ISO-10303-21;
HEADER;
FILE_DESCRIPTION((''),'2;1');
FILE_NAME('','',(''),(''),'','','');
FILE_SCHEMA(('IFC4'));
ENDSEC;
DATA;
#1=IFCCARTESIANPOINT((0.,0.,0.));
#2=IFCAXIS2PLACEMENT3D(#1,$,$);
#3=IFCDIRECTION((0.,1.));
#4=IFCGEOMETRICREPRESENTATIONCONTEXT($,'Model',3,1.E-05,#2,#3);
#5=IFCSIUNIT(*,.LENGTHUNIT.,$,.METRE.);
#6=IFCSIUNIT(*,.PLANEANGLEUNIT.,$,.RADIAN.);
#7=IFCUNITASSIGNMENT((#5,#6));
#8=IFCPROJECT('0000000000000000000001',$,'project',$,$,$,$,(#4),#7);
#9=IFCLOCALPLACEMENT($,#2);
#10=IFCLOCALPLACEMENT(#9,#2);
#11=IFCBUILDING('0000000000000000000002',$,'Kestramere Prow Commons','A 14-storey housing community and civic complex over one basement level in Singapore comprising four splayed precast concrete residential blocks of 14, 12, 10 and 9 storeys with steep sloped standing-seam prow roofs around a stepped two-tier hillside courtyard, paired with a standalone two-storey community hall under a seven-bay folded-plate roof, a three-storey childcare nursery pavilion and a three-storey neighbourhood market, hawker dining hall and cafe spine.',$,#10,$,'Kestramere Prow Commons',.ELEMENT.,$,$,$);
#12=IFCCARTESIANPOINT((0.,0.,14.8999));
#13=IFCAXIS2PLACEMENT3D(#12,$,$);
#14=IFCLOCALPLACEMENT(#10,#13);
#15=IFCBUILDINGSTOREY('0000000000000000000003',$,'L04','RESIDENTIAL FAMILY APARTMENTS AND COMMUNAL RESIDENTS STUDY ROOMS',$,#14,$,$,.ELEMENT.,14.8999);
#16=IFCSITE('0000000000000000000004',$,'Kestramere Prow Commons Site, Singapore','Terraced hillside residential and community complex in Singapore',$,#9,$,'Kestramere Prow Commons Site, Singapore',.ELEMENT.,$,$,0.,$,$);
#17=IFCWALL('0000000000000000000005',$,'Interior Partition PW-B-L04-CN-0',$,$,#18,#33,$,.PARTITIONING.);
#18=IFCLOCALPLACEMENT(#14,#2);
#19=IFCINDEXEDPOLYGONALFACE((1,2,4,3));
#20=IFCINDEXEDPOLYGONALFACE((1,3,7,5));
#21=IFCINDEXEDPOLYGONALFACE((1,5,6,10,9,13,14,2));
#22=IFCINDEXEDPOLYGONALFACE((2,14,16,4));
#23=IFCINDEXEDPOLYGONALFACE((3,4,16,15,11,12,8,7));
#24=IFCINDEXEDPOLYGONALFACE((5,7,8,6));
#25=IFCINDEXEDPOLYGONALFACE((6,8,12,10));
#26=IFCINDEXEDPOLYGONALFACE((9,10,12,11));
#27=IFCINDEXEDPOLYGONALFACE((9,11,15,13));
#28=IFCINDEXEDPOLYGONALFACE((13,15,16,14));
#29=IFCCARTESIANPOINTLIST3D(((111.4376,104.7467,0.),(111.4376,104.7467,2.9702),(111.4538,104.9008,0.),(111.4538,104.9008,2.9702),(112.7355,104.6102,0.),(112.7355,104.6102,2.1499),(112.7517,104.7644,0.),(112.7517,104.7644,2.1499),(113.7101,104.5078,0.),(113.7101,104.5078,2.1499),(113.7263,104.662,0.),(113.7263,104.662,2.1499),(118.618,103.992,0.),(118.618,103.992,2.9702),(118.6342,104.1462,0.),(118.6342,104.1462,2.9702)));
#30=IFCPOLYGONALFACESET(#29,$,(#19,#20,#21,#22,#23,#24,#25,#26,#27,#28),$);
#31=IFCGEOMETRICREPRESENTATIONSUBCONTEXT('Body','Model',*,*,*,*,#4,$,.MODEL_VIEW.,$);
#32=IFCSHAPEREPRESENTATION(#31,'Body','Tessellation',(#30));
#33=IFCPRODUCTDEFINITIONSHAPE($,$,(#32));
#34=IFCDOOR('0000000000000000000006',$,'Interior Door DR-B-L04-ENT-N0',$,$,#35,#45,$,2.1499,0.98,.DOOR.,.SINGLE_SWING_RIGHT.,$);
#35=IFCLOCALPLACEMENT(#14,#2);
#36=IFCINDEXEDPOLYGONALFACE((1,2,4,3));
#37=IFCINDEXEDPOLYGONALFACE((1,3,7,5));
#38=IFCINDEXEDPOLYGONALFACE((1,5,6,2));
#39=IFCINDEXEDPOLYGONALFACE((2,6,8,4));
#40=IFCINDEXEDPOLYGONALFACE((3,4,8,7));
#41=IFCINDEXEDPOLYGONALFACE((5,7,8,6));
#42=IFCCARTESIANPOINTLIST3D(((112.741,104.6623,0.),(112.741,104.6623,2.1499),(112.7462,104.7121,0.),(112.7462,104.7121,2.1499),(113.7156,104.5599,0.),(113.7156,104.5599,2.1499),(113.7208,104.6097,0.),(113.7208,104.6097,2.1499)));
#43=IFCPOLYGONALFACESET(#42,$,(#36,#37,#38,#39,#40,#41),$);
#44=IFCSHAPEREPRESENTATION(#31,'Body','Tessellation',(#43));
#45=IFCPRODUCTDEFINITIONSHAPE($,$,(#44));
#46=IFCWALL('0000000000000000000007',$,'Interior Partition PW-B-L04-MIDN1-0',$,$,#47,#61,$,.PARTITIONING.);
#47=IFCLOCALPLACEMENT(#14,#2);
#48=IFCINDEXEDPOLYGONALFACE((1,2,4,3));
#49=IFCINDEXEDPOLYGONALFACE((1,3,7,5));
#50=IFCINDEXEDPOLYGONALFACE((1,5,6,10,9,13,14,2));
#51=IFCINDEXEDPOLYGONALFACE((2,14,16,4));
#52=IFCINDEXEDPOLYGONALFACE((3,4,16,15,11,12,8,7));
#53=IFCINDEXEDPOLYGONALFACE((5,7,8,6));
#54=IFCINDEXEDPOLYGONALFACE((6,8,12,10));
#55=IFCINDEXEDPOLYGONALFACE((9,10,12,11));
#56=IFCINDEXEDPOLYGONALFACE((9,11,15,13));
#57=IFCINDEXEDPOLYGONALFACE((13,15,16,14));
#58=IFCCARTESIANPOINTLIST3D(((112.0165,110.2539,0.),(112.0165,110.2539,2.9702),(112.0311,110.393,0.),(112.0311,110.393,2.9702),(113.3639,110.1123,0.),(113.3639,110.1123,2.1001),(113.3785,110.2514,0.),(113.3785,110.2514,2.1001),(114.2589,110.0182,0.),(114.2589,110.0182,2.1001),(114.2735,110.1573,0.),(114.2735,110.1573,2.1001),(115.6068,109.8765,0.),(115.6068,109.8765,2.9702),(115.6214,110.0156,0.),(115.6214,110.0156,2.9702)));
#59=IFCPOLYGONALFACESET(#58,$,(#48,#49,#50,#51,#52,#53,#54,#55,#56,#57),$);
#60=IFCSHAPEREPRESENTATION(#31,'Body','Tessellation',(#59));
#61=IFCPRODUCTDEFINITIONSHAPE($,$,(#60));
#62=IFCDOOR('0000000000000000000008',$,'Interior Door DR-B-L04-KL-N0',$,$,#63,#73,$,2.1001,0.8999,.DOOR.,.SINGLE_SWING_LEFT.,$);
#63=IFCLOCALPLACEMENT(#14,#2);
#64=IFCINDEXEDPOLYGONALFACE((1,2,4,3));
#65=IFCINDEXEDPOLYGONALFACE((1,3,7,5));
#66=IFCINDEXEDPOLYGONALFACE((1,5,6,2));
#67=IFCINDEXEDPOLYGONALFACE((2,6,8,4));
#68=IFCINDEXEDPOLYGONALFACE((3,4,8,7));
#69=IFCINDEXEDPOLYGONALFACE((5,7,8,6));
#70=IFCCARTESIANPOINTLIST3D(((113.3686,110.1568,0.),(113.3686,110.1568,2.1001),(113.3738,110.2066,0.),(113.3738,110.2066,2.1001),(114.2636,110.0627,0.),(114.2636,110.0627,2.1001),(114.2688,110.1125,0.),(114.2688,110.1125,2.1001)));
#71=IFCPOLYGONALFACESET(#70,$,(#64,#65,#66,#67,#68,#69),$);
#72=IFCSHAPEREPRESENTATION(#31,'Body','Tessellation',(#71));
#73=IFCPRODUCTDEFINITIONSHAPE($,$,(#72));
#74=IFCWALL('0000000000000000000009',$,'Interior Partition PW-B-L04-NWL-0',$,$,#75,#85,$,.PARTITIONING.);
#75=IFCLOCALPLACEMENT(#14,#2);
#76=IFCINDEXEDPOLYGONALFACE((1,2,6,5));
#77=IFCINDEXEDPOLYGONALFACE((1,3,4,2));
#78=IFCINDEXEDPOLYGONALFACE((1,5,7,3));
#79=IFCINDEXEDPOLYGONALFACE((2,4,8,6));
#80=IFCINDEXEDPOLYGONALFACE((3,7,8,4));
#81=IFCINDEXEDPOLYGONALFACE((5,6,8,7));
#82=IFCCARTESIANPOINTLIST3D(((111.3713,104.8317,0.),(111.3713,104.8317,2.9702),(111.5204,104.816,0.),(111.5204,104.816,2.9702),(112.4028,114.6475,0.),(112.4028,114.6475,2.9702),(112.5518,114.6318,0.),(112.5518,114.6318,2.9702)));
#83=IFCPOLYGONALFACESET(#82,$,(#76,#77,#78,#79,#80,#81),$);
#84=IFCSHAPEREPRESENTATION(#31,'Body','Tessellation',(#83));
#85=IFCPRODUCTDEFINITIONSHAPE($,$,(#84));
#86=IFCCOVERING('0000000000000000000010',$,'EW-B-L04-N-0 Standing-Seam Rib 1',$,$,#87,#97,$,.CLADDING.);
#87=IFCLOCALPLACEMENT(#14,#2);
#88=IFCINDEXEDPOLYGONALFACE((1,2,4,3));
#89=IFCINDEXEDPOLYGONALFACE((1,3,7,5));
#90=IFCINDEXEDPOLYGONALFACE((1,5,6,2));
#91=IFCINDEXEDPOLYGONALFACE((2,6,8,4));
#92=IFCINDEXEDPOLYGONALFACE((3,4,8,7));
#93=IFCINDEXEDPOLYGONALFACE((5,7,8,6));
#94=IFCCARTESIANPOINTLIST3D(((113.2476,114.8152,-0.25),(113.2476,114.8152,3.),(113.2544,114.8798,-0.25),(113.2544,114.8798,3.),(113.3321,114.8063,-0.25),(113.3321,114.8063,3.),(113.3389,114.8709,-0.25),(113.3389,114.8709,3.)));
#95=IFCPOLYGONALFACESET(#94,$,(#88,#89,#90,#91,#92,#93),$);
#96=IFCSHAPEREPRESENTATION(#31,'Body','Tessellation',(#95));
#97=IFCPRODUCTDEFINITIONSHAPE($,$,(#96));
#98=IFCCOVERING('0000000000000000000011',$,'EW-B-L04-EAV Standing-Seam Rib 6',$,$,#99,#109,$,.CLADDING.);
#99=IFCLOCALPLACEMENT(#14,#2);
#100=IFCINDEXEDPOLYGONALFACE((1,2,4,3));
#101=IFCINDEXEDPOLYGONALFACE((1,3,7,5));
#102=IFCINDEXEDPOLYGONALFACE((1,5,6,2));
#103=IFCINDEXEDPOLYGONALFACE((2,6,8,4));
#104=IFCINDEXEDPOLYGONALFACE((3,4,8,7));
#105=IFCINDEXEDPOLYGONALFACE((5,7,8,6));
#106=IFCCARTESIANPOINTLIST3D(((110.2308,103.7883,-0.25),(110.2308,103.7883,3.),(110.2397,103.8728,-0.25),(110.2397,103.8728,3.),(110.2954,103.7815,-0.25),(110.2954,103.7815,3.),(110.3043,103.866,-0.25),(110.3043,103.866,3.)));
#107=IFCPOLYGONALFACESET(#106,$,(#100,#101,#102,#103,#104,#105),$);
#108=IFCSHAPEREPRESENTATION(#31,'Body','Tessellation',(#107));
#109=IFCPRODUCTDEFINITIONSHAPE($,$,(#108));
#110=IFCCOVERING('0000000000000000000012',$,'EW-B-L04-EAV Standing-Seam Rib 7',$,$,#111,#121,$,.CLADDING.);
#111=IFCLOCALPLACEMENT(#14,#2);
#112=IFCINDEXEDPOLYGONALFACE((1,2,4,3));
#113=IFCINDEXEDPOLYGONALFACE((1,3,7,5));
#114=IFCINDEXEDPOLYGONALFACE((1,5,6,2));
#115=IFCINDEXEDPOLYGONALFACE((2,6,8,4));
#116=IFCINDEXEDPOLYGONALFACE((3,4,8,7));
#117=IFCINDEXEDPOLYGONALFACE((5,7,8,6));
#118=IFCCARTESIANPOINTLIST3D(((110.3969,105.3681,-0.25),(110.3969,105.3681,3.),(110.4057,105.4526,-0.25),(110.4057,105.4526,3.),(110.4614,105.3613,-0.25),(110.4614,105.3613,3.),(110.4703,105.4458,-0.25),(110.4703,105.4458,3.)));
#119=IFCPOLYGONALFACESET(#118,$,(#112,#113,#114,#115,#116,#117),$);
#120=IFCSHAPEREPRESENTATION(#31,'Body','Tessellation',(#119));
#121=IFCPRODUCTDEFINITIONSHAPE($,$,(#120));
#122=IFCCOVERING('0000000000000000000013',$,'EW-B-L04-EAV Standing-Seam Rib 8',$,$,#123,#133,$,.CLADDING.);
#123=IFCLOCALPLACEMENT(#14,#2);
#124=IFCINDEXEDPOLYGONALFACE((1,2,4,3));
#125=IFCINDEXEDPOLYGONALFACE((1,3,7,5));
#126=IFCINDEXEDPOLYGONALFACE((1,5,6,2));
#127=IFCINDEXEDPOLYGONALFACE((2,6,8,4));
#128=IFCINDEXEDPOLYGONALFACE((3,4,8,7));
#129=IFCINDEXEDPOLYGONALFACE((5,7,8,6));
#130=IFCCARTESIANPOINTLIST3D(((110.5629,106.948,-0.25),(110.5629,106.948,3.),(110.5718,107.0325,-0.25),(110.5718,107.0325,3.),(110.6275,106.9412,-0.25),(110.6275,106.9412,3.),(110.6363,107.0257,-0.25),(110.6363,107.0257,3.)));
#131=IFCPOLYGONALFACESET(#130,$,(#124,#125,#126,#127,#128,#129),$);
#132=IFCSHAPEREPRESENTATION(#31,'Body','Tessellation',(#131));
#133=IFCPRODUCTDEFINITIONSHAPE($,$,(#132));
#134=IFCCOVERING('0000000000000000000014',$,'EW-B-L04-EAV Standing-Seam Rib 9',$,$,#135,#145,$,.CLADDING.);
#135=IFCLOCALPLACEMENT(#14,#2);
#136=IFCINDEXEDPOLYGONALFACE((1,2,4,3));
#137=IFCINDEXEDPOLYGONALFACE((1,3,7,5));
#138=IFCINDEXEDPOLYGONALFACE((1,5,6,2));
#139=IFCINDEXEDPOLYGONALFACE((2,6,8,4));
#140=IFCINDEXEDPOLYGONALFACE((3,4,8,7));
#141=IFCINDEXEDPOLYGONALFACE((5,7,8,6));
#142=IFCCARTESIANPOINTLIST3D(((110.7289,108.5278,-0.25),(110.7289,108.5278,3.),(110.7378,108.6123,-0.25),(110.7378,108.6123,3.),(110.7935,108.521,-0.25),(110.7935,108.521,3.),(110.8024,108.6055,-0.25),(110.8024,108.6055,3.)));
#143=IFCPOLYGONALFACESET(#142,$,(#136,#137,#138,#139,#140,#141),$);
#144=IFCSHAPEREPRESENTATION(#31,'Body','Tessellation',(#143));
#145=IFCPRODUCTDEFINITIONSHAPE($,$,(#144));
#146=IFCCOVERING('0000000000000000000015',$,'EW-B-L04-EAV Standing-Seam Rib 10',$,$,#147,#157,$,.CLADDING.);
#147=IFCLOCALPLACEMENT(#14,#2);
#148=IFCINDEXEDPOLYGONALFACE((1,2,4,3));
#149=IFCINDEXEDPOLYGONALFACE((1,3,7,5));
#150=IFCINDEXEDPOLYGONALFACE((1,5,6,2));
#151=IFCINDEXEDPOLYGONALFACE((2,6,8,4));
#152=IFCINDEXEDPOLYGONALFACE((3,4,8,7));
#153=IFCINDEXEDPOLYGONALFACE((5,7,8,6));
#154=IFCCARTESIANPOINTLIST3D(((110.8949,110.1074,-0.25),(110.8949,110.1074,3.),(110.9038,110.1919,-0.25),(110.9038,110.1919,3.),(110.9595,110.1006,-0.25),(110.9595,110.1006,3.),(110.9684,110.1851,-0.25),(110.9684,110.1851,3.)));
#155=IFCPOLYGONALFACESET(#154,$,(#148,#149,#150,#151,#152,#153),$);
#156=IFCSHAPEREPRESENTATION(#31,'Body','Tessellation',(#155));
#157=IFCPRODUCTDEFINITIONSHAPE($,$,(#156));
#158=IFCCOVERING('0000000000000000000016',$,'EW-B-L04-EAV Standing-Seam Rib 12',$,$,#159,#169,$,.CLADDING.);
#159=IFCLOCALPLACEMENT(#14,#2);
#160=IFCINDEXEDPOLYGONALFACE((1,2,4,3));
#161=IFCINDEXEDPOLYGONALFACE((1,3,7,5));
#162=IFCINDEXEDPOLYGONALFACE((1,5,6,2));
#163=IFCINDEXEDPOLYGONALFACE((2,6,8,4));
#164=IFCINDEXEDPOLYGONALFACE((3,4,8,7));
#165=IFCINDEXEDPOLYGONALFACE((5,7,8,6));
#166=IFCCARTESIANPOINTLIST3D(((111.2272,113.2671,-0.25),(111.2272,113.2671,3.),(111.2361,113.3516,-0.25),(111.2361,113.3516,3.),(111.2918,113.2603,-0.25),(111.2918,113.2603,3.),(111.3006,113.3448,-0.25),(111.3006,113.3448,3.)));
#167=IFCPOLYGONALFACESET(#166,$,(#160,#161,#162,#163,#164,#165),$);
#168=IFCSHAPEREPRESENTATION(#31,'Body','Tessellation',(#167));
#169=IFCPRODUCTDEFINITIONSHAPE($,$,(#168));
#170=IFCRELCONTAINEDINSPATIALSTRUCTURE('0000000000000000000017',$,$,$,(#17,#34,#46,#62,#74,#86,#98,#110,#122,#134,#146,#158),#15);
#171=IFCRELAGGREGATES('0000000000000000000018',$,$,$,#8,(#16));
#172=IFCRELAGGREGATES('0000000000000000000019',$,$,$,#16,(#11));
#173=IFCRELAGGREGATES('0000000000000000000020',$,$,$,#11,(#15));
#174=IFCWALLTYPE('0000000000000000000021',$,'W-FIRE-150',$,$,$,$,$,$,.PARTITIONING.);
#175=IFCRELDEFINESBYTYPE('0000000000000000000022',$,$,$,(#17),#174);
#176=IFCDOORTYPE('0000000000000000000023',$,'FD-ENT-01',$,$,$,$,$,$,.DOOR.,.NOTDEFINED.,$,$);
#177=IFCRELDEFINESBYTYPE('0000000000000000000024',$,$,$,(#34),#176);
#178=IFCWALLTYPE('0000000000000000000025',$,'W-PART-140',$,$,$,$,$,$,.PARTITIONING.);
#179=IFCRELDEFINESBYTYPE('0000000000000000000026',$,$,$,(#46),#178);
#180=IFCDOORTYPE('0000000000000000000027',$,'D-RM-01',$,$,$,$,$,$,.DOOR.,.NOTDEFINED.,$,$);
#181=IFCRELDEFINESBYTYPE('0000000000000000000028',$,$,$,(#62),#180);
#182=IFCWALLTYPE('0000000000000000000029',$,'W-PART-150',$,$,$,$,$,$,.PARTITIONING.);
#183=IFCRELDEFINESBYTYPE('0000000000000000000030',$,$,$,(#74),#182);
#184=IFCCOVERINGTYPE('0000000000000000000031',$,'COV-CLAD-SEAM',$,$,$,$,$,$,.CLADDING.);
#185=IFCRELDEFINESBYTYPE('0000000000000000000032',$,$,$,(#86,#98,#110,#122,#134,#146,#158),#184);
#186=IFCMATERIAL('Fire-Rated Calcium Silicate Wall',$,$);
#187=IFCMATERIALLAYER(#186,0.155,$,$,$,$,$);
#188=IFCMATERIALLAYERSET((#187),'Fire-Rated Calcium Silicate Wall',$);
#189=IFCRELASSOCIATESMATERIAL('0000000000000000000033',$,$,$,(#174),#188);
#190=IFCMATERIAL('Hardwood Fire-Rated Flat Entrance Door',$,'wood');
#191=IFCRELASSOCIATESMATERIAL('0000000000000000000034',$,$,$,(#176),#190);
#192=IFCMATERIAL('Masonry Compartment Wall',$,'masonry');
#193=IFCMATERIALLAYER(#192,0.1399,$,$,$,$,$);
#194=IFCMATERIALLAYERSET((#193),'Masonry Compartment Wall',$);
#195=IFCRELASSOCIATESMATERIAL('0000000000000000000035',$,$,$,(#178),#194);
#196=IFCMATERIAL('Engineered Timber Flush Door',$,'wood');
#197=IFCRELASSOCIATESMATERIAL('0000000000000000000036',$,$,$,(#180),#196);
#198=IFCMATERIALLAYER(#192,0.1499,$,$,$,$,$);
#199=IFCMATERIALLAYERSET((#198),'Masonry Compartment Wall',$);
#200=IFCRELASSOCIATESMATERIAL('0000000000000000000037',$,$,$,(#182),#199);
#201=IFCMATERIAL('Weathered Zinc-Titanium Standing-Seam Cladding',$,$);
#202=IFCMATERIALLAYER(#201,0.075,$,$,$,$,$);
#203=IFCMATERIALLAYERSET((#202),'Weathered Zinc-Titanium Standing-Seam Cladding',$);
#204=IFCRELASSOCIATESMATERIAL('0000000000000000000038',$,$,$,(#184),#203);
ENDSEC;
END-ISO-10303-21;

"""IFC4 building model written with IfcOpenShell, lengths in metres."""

from ifc_helpers import new_model, si_unit, direction, frame, frame_2d, origin, origin_2d, place, context, subcontext, project, spatial, rectangle, extrude, material, layer, layer_set, type_object, element, fill, save


model = new_model("IFC4")

# Units and contexts
model_context = context("Model", 3, precision=1e-05, world=origin(), true_north=direction((0.0, 1.0)))
body_context = subcontext(model_context, "Body", "Model", "MODEL_VIEW")
ifc_project = project(units=[si_unit("LENGTHUNIT", "METRE"), si_unit("PLANEANGLEUNIT", "RADIAN")], contexts=[model_context])

# Site, building, storey
site_placement = place(None, origin())
site = spatial("IfcSite", under=ifc_project, at=site_placement, Name="Kestramere Prow Commons Site, Singapore", Description="Terraced hillside residential and community complex in Singapore", LongName="Kestramere Prow Commons Site, Singapore", CompositionType="ELEMENT", RefElevation=0.0)
building_placement = place(site_placement, origin())
building = spatial("IfcBuilding", under=site, at=building_placement, Name="Kestramere Prow Commons", Description="A 14-storey housing community and civic complex over one basement level in Singapore comprising four splayed precast concrete residential blocks of 14, 12, 10 and 9 storeys with steep sloped standing-seam prow roofs around a stepped two-tier hillside courtyard, paired with a standalone two-storey community hall under a seven-bay folded-plate roof, a three-storey childcare nursery pavilion and a three-storey neighbourhood market, hawker dining hall and cafe spine.", LongName="Kestramere Prow Commons", CompositionType="ELEMENT")
storey_placement = place(building_placement, frame((0.0, 0.0, 14.8999)))
storey = spatial("IfcBuildingStorey", under=building, at=storey_placement, Name="L04", Description="RESIDENTIAL FAMILY APARTMENTS AND COMMUNAL RESIDENTS STUDY ROOMS", CompositionType="ELEMENT", Elevation=14.8999)

# Walls, openings, doors
ifc_material_1 = material(Name="Fire-Rated Calcium Silicate Wall")
ifc_layer_1 = layer(ifc_material_1, 0.155)
ifc_layer_set_1 = layer_set([ifc_layer_1], Name="Fire-Rated Calcium Silicate Wall")
wall_type_1 = type_object("IfcWallType", Name="W-FIRE-150", PredefinedType="PARTITIONING", material=ifc_layer_set_1)
ifc_material_2 = material(Name="Hardwood Fire-Rated Flat Entrance Door", Category="wood")
wall_1_placement = place(storey_placement, frame((111.4458, 104.8237, 0.0), z_axis=(0.0, 0.0, 1.0), x_axis=(0.994523, -0.104521, 0.0)))
wall_1 = element("IfcWall", 1, at=wall_1_placement, inside=storey, type_object=wall_type_1, Name="Interior Partition PW-B-L04-CN-0", PredefinedType="PARTITIONING", context=body_context, shape_type="SweptSolid", body=[
    extrude(rectangle(XDim=7.22, YDim=0.155, at=frame_2d((3.6099, 0.0))), origin(), (0.0, 0.0, 1.0), 2.9702),
])
opening_1_placement = place(wall_1_placement, frame((1.3049, 0.0, 0.0)))
opening_1 = element("IfcOpeningElement", 2, at=opening_1_placement, cuts=wall_1, PredefinedType="OPENING", context=body_context, shape_type="SweptSolid", body=[
    extrude(rectangle(XDim=0.98, YDim=2.1499, at=frame_2d((0.49, 1.075))), frame((0.0, 0.0925, 0.0), z_axis=(0.0, -1.0, 0.0), x_axis=(1.0, 0.0, 0.0)), (0.0, 0.0, 1.0), 0.1851),
])
door_type_1 = type_object("IfcDoorType", Name="FD-ENT-01", OperationType="NOTDEFINED", PredefinedType="DOOR", material=ifc_material_2)
door_1_placement = place(opening_1_placement, origin())
door_1 = element("IfcDoor", 3, at=door_1_placement, inside=storey, type_object=door_type_1, Name="Interior Door DR-B-L04-ENT-N0", OperationType="SINGLE_SWING_RIGHT", OverallHeight=2.1499, OverallWidth=0.98, PredefinedType="DOOR", context=body_context, shape_type="SweptSolid", body=[
    extrude(rectangle(XDim=0.98, YDim=2.1499, at=frame_2d((0.49, 1.075))), frame((0.0, 0.0249, 0.0), z_axis=(0.0, -1.0, 0.0), x_axis=(1.0, 0.0, 0.0)), (0.0, 0.0, 1.0), 0.05),
])
fill(opening_1, door_1)
ifc_material_3 = material(Name="Masonry Compartment Wall", Category="masonry")
ifc_layer_2 = layer(ifc_material_3, 0.1399)
ifc_layer_set_2 = layer_set([ifc_layer_2], Name="Masonry Compartment Wall")
wall_type_2 = type_object("IfcWallType", Name="W-PART-140", PredefinedType="PARTITIONING", material=ifc_layer_set_2)
wall_2_placement = place(storey_placement, frame((112.0237, 110.3235, 0.0), z_axis=(0.0, 0.0, 1.0), x_axis=(0.99452, -0.104551, 0.0)))
wall_2 = element("IfcWall", 4, at=wall_2_placement, inside=storey, type_object=wall_type_2, Name="Interior Partition PW-B-L04-MIDN1-0", PredefinedType="PARTITIONING", context=body_context, shape_type="SweptSolid", body=[
    extrude(rectangle(XDim=3.6101, YDim=0.1399, at=frame_2d((1.8052, 0.0))), origin(), (0.0, 0.0, 1.0), 2.9702),
])
opening_2_placement = place(wall_2_placement, frame((1.355, 0.0, 0.0)))
opening_2 = element("IfcOpeningElement", 5, at=opening_2_placement, cuts=wall_2, PredefinedType="OPENING", context=body_context, shape_type="SweptSolid", body=[
    extrude(rectangle(XDim=0.8999, YDim=2.1001, at=frame_2d((0.45, 1.05))), frame((0.0, 0.085, 0.0), z_axis=(0.0, -1.0, 0.0), x_axis=(1.0, 0.0, 0.0)), (0.0, 0.0, 1.0), 0.1699),
])
ifc_material_4 = material(Name="Engineered Timber Flush Door", Category="wood")
door_type_2 = type_object("IfcDoorType", Name="D-RM-01", OperationType="NOTDEFINED", PredefinedType="DOOR", material=ifc_material_4)
door_2_placement = place(opening_2_placement, origin())
door_2 = element("IfcDoor", 6, at=door_2_placement, inside=storey, type_object=door_type_2, Name="Interior Door DR-B-L04-KL-N0", OperationType="SINGLE_SWING_LEFT", OverallHeight=2.1001, OverallWidth=0.8999, PredefinedType="DOOR", context=body_context, shape_type="SweptSolid", body=[
    extrude(rectangle(XDim=0.8999, YDim=2.1001, at=frame_2d((0.45, 1.05))), frame((0.0, 0.0249, 0.0), z_axis=(0.0, -1.0, 0.0), x_axis=(1.0, 0.0, 0.0)), (0.0, 0.0, 1.0), 0.05),
])
fill(opening_2, door_2)

# Wall
ifc_layer_3 = layer(ifc_material_3, 0.1499)
ifc_layer_set_3 = layer_set([ifc_layer_3], Name="Masonry Compartment Wall")
wall_type_3 = type_object("IfcWallType", Name="W-PART-150", PredefinedType="PARTITIONING", material=ifc_layer_set_3)
wall_3_placement = place(storey_placement, frame((111.4458, 104.8237, 0.0), z_axis=(0.0, 0.0, 1.0), x_axis=(0.104508, 0.994524, 0.0)))
element("IfcWall", 7, at=wall_3_placement, inside=storey, type_object=wall_type_3, Name="Interior Partition PW-B-L04-NWL-0", PredefinedType="PARTITIONING", context=body_context, shape_type="SweptSolid", body=[
    extrude(rectangle(XDim=9.8699, YDim=0.1499, at=frame_2d((4.9351, 0.0))), origin(), (0.0, 0.0, 1.0), 2.9702),
])

# Coverings
ifc_material_5 = material(Name="Weathered Zinc-Titanium Standing-Seam Cladding")
ifc_layer_4 = layer(ifc_material_5, 0.075)
ifc_layer_set_4 = layer_set([ifc_layer_4], Name="Weathered Zinc-Titanium Standing-Seam Cladding")
covering_type = type_object("IfcCoveringType", Name="COV-CLAD-SEAM", PredefinedType="CLADDING", material=ifc_layer_set_4)
for number, where, z_axis, x_axis, name in (
    (8, (113.2932, 114.843, -0.25), (0.0, 0.0, 1.0), (0.994522, -0.104528, 0.0), "EW-B-L04-N-0 Standing-Seam Rib 1"),
    (9, (110.2676, 103.8271, -0.25), (0.0, 0.0, 1.0), (0.104528, 0.994522, 0.0), "EW-B-L04-EAV Standing-Seam Rib 6"),
    (10, (110.4336, 105.407, -0.25), (0.0, 0.0, 1.0), (0.104528, 0.994522, 0.0), "EW-B-L04-EAV Standing-Seam Rib 7"),
    (11, (110.5996, 106.9868, -0.25), (0.0, 0.0, 1.0), (0.104528, 0.994522, 0.0), "EW-B-L04-EAV Standing-Seam Rib 8"),
    (12, (110.7656, 108.5667, -0.25), (0.0, 0.0, 1.0), (0.104528, 0.994522, 0.0), "EW-B-L04-EAV Standing-Seam Rib 9"),
    (13, (110.9316, 110.1462, -0.25), (0.0, 0.0, 1.0), (0.104528, 0.994522, 0.0), "EW-B-L04-EAV Standing-Seam Rib 10"),
    (14, (111.2639, 113.3059, -0.25), (0.0, 0.0, 1.0), (0.104528, 0.994522, 0.0), "EW-B-L04-EAV Standing-Seam Rib 12"),
):
    element("IfcCovering", number, at=place(storey_placement, frame(where, z_axis=z_axis, x_axis=x_axis)), inside=storey, type_object=covering_type, Name=name, PredefinedType="CLADDING", context=body_context, shape_type="SweptSolid", body=[
        extrude(rectangle(XDim=0.085, YDim=0.0649, at=origin_2d()), origin(), (0.0, 0.0, 1.0), 3.25),
    ])

save(model, "model.ifc")
